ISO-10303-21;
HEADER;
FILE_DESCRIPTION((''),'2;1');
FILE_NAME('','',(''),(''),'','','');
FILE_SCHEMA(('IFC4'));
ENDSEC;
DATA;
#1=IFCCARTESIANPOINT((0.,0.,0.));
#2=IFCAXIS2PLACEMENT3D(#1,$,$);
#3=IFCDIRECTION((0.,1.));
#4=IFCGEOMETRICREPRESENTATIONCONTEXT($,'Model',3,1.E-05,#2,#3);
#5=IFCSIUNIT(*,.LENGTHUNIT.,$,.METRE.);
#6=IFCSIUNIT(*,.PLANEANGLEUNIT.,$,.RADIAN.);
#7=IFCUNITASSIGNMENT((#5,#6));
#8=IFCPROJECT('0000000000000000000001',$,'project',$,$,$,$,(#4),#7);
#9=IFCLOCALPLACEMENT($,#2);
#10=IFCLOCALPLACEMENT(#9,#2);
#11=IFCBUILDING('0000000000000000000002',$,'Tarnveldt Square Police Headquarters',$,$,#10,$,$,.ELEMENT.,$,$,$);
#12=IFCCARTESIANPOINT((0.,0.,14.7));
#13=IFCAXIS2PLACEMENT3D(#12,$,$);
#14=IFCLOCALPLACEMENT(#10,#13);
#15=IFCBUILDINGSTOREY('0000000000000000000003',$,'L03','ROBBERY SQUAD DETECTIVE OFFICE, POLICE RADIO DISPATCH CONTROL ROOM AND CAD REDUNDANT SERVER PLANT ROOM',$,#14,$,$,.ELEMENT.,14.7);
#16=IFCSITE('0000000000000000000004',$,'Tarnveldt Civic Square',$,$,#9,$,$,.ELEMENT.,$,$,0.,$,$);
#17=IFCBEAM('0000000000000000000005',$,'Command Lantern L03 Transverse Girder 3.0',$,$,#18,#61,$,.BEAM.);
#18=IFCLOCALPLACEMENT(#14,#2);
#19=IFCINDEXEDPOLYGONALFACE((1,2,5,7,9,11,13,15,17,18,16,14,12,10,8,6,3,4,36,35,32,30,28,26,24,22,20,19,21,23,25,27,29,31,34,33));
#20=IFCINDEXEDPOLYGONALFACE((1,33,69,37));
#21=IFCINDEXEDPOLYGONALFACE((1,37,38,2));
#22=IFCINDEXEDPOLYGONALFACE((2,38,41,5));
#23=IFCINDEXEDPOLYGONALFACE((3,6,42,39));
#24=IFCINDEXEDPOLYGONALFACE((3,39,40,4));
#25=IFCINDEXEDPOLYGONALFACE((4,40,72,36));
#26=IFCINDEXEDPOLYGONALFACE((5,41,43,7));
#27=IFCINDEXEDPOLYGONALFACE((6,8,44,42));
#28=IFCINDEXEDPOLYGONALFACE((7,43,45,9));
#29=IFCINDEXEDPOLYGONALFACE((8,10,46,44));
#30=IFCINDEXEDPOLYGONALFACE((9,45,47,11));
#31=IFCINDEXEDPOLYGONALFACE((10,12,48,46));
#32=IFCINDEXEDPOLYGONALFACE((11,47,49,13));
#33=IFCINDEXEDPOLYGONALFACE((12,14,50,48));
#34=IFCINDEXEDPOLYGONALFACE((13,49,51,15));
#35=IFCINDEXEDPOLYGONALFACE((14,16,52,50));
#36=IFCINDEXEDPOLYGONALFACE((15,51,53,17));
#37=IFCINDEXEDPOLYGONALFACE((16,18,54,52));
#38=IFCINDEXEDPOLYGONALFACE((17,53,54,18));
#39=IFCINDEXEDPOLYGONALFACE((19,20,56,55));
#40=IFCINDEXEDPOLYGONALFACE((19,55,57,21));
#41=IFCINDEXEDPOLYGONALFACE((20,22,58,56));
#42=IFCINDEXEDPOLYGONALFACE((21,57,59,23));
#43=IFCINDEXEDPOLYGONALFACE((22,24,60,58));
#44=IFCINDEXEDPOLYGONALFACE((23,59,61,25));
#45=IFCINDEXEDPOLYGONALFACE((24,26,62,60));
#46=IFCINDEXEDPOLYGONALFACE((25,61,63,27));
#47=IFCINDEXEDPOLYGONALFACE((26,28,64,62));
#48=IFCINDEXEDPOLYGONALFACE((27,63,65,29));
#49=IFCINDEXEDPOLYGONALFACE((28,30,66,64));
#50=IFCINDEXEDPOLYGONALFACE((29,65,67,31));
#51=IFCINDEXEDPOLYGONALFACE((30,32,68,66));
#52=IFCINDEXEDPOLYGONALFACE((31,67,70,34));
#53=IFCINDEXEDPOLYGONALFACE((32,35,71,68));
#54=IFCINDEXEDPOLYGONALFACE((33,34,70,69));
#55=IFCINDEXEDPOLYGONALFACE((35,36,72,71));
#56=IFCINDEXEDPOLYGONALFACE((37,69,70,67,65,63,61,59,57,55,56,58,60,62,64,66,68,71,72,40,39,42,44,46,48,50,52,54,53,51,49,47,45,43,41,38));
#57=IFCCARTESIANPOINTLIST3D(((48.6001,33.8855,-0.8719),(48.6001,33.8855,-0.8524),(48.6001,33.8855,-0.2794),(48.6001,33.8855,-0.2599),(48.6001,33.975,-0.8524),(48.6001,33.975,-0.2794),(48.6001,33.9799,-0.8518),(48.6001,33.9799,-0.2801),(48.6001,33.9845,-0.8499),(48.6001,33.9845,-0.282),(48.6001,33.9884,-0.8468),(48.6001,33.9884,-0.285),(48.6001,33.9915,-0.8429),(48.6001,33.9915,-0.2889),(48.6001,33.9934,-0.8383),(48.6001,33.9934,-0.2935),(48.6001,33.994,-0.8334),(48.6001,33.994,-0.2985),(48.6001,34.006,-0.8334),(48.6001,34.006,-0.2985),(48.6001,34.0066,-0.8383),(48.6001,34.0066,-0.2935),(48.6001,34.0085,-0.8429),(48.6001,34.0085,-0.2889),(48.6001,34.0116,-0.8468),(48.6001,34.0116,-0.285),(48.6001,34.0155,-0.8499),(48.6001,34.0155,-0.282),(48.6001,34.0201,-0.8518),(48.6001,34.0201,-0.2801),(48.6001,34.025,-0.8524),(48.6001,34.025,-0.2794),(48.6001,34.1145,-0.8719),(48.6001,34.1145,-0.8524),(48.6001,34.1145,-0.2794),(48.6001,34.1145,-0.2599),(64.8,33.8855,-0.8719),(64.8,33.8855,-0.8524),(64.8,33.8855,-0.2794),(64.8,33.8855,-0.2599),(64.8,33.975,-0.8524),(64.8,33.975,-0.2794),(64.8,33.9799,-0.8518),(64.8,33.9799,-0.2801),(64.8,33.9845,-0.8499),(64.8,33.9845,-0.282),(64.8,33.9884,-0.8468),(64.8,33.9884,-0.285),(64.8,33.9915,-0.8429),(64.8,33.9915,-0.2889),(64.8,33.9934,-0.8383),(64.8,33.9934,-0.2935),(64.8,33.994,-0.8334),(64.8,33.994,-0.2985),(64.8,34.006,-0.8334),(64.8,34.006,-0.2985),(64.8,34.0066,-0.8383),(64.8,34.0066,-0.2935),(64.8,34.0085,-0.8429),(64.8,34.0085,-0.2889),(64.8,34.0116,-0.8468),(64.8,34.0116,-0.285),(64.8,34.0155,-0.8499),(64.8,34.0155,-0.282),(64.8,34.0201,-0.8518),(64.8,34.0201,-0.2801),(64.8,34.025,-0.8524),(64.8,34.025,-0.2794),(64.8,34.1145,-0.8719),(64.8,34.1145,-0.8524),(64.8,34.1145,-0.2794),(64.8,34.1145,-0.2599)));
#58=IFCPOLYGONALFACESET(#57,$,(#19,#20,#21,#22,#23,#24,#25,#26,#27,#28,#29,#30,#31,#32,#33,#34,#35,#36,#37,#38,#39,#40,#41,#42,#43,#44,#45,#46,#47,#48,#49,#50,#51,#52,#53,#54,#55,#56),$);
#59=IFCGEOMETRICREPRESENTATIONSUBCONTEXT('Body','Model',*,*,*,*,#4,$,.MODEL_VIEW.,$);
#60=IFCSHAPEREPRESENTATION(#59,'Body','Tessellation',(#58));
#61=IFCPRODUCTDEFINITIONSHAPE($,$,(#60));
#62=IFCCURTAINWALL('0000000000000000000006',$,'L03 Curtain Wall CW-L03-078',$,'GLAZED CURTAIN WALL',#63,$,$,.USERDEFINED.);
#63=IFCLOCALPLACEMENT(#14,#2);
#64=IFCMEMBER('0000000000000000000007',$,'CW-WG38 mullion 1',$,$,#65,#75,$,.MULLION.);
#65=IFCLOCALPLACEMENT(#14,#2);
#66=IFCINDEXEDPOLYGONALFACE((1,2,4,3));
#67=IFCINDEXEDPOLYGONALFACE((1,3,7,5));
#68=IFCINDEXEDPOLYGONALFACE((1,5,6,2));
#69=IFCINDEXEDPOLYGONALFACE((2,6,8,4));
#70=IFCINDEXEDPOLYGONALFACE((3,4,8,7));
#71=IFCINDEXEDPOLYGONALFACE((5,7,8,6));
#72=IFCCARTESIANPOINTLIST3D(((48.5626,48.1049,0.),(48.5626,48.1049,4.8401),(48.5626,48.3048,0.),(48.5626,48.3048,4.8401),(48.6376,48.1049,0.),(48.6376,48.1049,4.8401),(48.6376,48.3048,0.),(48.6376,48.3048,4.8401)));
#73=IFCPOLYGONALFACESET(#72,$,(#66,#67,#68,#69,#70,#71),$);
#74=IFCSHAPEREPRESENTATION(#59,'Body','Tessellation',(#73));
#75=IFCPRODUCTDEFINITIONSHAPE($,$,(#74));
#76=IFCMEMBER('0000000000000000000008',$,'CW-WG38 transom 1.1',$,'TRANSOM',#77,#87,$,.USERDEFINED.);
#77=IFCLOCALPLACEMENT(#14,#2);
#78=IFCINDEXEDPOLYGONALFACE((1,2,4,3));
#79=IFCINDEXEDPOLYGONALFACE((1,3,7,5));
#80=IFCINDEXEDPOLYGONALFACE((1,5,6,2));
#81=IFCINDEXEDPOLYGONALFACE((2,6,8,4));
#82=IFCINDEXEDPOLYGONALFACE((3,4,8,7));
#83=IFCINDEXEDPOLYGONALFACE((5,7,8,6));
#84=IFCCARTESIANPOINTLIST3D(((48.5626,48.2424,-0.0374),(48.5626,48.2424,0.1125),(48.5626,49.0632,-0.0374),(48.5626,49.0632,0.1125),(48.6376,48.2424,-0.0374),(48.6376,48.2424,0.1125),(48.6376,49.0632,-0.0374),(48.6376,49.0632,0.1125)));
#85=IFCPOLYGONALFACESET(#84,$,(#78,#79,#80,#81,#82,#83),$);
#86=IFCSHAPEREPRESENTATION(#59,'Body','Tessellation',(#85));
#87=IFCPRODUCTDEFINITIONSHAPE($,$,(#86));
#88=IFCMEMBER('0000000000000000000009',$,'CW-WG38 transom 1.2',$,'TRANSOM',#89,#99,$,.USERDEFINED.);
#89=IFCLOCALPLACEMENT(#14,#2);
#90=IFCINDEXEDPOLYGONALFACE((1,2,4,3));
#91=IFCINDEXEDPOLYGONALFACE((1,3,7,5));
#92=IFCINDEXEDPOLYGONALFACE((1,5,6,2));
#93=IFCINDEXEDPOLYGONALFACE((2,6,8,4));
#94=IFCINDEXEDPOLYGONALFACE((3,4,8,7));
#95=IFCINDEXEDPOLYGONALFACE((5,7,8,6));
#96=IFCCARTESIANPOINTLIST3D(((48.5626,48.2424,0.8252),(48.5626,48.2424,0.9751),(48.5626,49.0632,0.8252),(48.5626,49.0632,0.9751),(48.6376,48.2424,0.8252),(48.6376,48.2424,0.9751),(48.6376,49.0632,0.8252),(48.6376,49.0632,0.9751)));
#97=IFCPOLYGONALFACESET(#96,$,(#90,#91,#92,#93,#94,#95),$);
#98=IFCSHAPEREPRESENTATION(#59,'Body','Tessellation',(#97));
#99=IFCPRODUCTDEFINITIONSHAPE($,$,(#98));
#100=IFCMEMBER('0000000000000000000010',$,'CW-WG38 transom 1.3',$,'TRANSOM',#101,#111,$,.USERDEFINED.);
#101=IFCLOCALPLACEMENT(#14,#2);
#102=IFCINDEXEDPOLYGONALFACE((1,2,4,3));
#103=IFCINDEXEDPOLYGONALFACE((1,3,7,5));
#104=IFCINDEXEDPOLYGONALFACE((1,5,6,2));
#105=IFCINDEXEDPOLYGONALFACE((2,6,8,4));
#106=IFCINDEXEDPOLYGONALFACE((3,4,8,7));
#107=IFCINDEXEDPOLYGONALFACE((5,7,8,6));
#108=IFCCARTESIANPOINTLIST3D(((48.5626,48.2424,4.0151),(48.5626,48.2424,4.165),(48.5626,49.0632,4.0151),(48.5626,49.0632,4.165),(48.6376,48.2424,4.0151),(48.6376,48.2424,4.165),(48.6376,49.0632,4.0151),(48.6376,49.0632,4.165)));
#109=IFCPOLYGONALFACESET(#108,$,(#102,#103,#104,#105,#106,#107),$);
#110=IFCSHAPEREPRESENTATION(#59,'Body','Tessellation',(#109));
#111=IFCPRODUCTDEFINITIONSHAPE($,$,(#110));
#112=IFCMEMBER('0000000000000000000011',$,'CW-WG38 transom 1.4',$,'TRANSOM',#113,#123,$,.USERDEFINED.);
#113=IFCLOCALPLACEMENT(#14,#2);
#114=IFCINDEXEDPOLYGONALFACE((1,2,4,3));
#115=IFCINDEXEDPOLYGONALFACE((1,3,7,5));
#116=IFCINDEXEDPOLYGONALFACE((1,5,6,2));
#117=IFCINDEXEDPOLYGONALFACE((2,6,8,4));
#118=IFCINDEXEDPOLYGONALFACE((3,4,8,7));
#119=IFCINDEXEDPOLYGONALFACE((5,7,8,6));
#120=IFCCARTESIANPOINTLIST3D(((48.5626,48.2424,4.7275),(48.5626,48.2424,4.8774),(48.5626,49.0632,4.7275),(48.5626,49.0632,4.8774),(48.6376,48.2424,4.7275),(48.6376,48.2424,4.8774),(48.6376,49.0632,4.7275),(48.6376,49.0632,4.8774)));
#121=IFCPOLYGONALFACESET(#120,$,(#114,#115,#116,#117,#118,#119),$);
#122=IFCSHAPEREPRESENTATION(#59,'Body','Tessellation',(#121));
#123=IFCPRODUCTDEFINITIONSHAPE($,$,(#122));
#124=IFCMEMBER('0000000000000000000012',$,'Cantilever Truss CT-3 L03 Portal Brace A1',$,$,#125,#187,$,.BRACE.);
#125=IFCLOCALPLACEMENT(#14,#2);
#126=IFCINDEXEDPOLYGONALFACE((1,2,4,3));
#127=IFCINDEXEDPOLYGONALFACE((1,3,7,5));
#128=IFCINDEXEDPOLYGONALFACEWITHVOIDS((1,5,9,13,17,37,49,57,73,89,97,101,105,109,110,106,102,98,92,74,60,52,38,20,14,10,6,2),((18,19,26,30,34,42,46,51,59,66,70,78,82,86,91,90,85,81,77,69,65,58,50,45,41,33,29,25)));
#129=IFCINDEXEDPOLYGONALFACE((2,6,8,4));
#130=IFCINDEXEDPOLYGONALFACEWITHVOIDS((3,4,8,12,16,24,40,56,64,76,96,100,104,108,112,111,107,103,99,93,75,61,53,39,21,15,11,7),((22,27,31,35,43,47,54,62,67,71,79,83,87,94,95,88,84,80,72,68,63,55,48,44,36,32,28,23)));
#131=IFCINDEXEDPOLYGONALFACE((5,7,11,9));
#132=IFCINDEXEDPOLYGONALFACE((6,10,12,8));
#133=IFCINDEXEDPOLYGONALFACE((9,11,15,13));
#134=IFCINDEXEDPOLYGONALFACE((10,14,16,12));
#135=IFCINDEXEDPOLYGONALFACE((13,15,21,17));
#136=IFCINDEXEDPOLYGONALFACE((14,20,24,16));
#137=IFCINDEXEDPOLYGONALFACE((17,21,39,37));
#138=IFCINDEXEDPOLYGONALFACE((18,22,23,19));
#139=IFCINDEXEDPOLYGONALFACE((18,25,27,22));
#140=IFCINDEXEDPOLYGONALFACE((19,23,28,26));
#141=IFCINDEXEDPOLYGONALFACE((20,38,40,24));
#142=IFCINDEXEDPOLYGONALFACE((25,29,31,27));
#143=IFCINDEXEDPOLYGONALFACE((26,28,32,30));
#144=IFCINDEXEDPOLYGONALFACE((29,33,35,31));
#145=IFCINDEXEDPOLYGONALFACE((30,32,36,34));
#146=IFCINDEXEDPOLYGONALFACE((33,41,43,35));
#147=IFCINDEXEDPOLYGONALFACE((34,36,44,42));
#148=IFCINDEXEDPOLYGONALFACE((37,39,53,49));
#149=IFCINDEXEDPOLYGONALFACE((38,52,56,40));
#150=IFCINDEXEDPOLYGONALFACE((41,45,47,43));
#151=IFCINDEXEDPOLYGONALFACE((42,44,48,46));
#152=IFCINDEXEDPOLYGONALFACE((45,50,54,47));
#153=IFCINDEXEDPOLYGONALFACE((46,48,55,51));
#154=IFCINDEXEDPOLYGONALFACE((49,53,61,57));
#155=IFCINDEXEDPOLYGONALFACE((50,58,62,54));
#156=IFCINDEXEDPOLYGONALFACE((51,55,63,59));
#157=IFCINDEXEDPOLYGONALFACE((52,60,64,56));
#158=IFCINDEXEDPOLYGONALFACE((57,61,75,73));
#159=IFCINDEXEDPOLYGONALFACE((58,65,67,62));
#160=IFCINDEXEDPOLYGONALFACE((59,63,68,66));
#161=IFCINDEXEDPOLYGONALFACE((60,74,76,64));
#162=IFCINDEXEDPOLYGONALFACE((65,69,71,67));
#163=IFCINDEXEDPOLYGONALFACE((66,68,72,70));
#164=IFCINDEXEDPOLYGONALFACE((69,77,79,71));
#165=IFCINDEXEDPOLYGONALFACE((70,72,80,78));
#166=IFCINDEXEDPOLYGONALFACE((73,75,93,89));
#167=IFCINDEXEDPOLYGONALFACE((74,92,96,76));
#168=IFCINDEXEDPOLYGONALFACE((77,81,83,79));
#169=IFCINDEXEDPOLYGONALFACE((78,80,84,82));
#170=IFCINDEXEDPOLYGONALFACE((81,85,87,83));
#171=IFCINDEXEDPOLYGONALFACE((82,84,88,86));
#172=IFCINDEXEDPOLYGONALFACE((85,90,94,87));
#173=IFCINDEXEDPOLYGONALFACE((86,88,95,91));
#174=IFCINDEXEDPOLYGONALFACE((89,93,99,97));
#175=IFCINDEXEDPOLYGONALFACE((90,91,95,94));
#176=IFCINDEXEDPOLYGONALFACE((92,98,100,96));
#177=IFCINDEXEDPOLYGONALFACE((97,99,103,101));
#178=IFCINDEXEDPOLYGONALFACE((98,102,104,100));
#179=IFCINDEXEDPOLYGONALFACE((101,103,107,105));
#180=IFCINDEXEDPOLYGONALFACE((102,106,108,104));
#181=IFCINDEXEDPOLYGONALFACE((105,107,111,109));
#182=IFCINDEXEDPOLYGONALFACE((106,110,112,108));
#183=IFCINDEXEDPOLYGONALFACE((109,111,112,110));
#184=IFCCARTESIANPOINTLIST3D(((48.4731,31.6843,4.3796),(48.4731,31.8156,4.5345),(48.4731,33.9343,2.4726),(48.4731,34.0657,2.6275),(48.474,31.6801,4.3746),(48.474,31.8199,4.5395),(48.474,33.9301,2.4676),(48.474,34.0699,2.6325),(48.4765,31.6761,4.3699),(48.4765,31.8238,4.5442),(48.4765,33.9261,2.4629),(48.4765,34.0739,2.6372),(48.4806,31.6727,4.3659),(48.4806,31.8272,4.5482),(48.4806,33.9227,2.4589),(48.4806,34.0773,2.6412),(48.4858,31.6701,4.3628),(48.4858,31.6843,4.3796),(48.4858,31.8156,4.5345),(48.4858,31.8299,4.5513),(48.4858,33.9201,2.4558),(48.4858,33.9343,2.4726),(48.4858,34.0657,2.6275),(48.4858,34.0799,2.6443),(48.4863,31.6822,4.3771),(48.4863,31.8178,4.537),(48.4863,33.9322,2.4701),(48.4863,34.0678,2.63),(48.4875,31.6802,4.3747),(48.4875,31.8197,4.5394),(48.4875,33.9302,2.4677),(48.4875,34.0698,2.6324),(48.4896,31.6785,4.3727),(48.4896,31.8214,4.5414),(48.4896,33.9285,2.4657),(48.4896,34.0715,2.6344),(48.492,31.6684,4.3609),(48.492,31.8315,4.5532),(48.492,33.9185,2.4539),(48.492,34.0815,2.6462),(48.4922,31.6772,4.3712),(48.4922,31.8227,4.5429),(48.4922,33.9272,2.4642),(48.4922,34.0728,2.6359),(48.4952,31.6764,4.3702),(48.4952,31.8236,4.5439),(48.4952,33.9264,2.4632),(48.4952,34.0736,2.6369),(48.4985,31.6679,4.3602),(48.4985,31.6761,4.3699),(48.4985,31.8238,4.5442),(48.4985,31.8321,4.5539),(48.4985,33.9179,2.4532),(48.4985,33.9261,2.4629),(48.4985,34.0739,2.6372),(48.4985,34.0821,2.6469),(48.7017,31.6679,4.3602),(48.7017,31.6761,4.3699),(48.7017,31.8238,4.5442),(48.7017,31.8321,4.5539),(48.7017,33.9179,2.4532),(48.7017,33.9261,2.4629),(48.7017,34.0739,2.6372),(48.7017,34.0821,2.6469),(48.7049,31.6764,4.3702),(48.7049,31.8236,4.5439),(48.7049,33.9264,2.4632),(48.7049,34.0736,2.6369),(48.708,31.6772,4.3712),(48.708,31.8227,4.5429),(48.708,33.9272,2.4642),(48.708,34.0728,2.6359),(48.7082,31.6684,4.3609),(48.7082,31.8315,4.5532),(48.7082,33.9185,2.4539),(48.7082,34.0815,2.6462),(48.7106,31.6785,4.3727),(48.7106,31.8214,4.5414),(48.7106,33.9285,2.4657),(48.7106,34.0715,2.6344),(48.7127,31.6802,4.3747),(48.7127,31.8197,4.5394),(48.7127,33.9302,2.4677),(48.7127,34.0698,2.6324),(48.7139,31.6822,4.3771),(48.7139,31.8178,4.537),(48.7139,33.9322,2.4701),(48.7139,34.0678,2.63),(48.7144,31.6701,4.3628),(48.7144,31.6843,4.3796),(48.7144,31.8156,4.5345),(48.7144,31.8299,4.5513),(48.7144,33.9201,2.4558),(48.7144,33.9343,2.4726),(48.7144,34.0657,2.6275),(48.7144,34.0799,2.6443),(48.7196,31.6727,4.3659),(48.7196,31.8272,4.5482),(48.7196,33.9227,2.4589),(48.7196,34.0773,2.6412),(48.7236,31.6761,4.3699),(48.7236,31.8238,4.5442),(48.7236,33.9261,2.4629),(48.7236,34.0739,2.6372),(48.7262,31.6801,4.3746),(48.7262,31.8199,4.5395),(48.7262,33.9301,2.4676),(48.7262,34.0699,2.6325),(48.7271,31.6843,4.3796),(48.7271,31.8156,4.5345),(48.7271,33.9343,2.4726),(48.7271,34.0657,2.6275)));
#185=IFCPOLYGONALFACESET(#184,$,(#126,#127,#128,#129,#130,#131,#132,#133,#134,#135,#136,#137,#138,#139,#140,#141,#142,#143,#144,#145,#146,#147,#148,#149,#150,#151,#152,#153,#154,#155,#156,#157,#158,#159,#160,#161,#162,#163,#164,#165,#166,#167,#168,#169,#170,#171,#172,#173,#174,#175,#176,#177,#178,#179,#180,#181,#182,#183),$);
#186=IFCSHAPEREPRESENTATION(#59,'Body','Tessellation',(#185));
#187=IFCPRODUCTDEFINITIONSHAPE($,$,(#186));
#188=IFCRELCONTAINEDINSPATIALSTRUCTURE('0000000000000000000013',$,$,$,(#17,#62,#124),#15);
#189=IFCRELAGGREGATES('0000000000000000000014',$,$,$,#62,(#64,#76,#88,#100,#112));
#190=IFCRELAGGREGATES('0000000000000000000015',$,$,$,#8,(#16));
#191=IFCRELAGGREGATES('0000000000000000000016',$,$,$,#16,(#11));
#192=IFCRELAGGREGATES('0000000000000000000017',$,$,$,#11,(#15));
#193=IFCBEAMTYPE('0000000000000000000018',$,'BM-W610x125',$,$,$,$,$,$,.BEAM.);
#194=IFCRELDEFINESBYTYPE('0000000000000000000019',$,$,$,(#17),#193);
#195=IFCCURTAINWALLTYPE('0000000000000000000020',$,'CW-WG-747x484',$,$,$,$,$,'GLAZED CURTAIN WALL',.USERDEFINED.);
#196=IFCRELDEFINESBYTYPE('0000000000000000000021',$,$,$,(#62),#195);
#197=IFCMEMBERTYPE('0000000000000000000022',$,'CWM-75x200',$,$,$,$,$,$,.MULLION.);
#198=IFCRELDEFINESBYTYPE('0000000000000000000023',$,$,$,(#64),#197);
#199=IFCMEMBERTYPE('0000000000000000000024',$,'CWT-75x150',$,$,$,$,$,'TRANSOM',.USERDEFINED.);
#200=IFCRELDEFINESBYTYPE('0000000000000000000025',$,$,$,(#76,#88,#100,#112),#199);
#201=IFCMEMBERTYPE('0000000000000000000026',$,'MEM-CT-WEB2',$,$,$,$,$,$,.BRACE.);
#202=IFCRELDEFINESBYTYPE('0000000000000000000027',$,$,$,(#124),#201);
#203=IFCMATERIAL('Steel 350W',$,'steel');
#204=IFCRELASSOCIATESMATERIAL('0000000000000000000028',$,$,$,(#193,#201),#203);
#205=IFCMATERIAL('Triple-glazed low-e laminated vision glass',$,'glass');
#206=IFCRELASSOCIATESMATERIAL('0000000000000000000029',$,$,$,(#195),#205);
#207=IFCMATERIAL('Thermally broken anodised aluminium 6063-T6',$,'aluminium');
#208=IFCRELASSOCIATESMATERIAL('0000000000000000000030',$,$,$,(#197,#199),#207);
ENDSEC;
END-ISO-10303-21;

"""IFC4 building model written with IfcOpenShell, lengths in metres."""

from ifc_helpers import new_model, si_unit, direction, frame, origin, origin_2d, place, context, subcontext, project, spatial, rectangle, hollow_rectangle, i_section, extrude, material, material_profile, profile_set, type_object, element, aggregate, save


model = new_model("IFC4")

# Units and contexts
model_context = context("Model", 3, precision=1e-05, world=origin(), true_north=direction((0.0, 1.0)))
body_context = subcontext(model_context, "Body", "Model", "MODEL_VIEW")
ifc_project = project(units=[si_unit("LENGTHUNIT", "METRE"), si_unit("PLANEANGLEUNIT", "RADIAN")], contexts=[model_context])

# Site, building, storey
site_placement = place(None, origin())
site = spatial("IfcSite", under=ifc_project, at=site_placement, Name="Tarnveldt Civic Square", CompositionType="ELEMENT", RefElevation=0.0)
building_placement = place(site_placement, origin())
building = spatial("IfcBuilding", under=site, at=building_placement, Name="Tarnveldt Square Police Headquarters", CompositionType="ELEMENT")
storey_placement = place(building_placement, frame((0.0, 0.0, 14.7)))
storey = spatial("IfcBuildingStorey", under=building, at=storey_placement, Name="L03", Description="ROBBERY SQUAD DETECTIVE OFFICE, POLICE RADIO DISPATCH CONTROL ROOM AND CAD REDUNDANT SERVER PLANT ROOM", CompositionType="ELEMENT", Elevation=14.7)

# Shared definitions
ifc_material_1 = material(Name="Steel 350W", Category="steel")

# Beam
ifc_material_profile_1 = material_profile(ifc_material_1, i_section(OverallWidth=0.229, OverallDepth=0.6121, WebThickness=0.012, FlangeThickness=0.0195, FilletRadius=0.019, at=origin_2d()), Name="W610x125")
ifc_profile_set_1 = profile_set([ifc_material_profile_1], Name="Steel 350W")
beam_type_1 = type_object("IfcBeamType", Name="BM-W610x125", PredefinedType="BEAM", material=ifc_profile_set_1)
beam_1_placement = place(storey_placement, frame((48.6001, 34.0, -0.5659), z_axis=(1.0, 0.0, 0.0), x_axis=(0.0, 1.0, 0.0)))
element("IfcBeam", 1, at=beam_1_placement, inside=storey, type_object=beam_type_1, Name="Command Lantern L03 Transverse Girder 3.0", PredefinedType="BEAM", context=body_context, shape_type="SweptSolid", body=[
    extrude(i_section(OverallWidth=0.229, OverallDepth=0.6121, WebThickness=0.012, FlangeThickness=0.0195, FilletRadius=0.019, at=origin_2d()), origin(), (0.0, 0.0, 1.0), 16.2),
])

# Curtain wall, members
ifc_material_2 = material(Name="Triple-glazed low-e laminated vision glass", Category="glass")
curtain_wall_type = type_object("IfcCurtainWallType", Name="CW-WG-747x484", ElementType="GLAZED CURTAIN WALL", PredefinedType="USERDEFINED", material=ifc_material_2)
curtain_wall_placement = place(storey_placement, origin())
curtain_wall = element("IfcCurtainWall", 2, at=curtain_wall_placement, inside=storey, type_object=curtain_wall_type, Name="L03 Curtain Wall CW-L03-078", ObjectType="GLAZED CURTAIN WALL", PredefinedType="USERDEFINED")
ifc_material_3 = material(Name="Thermally broken anodised aluminium 6063-T6", Category="aluminium")
ifc_material_profile_2 = material_profile(ifc_material_3, rectangle(XDim=0.075, YDim=0.2, at=origin_2d()), Name="CW-M75x200")
ifc_profile_set_2 = profile_set([ifc_material_profile_2], Name="Thermally broken anodised aluminium 6063-T6")
member_type_1 = type_object("IfcMemberType", Name="CWM-75x200", PredefinedType="MULLION", material=ifc_profile_set_2)
member_1_placement = place(storey_placement, frame((48.6001, 48.2048, 0.0), z_axis=(0.0, 0.0, 1.0), x_axis=(-1.0, 0.0, 0.0)))
member_1 = element("IfcMember", 3, at=member_1_placement, type_object=member_type_1, Name="CW-WG38 mullion 1", PredefinedType="MULLION", context=body_context, shape_type="SweptSolid", body=[
    extrude(rectangle(XDim=0.075, YDim=0.2, at=origin_2d()), origin(), (0.0, 0.0, 1.0), 4.8401),
])
ifc_material_profile_3 = material_profile(ifc_material_3, rectangle(XDim=0.075, YDim=0.1499, at=origin_2d()), Name="CW-T75x150")
ifc_profile_set_3 = profile_set([ifc_material_profile_3], Name="Thermally broken anodised aluminium 6063-T6")
member_type_2 = type_object("IfcMemberType", Name="CWT-75x150", ElementType="TRANSOM", PredefinedType="USERDEFINED", material=ifc_profile_set_3)
member_2_placement = place(storey_placement, frame((48.6001, 48.2424, 0.0376), z_axis=(0.0, 1.0, 0.0), x_axis=(-1.0, 0.0, 0.0)))
member_2 = element("IfcMember", 4, at=member_2_placement, type_object=member_type_2, Name="CW-WG38 transom 1.1", ObjectType="TRANSOM", PredefinedType="USERDEFINED", context=body_context, shape_type="SweptSolid", body=[
    extrude(rectangle(XDim=0.075, YDim=0.1499, at=origin_2d()), origin(), (0.0, 0.0, 1.0), 0.8208),
])
member_3_placement = place(storey_placement, frame((48.6001, 48.2424, 0.9001), z_axis=(0.0, 1.0, 0.0), x_axis=(-1.0, 0.0, 0.0)))
member_3 = element("IfcMember", 5, at=member_3_placement, type_object=member_type_2, Name="CW-WG38 transom 1.2", ObjectType="TRANSOM", PredefinedType="USERDEFINED", context=body_context, shape_type="SweptSolid", body=[
    extrude(rectangle(XDim=0.075, YDim=0.1499, at=origin_2d()), origin(), (0.0, 0.0, 1.0), 0.8208),
])
member_4_placement = place(storey_placement, frame((48.6001, 48.2424, 4.0901), z_axis=(0.0, 1.0, 0.0), x_axis=(-1.0, 0.0, 0.0)))
member_4 = element("IfcMember", 6, at=member_4_placement, type_object=member_type_2, Name="CW-WG38 transom 1.3", ObjectType="TRANSOM", PredefinedType="USERDEFINED", context=body_context, shape_type="SweptSolid", body=[
    extrude(rectangle(XDim=0.075, YDim=0.1499, at=origin_2d()), origin(), (0.0, 0.0, 1.0), 0.8208),
])
member_5_placement = place(storey_placement, frame((48.6001, 48.2424, 4.8025), z_axis=(0.0, 1.0, 0.0), x_axis=(-1.0, 0.0, 0.0)))
member_5 = element("IfcMember", 7, at=member_5_placement, type_object=member_type_2, Name="CW-WG38 transom 1.4", ObjectType="TRANSOM", PredefinedType="USERDEFINED", context=body_context, shape_type="SweptSolid", body=[
    extrude(rectangle(XDim=0.075, YDim=0.1499, at=origin_2d()), origin(), (0.0, 0.0, 1.0), 0.8208),
])
aggregate(curtain_wall, [member_1, member_2, member_3, member_4, member_5])

# Member
ifc_material_profile_4 = material_profile(ifc_material_1, hollow_rectangle(XDim=0.2539, YDim=0.2539, WallThickness=0.0127, InnerFilletRadius=0.0127, OuterFilletRadius=0.0254, at=origin_2d()), Name="HSS254x254x13")
ifc_profile_set_4 = profile_set([ifc_material_profile_4], Name="Steel 350W")
member_type_3 = type_object("IfcMemberType", Name="MEM-CT-WEB2", PredefinedType="BRACE", material=ifc_profile_set_4)
member_6_placement = place(storey_placement, frame((48.6001, 34.0, 2.55), z_axis=(0.0, -0.762862, 0.646562), x_axis=(1.0, 0.0, 0.0)))
element("IfcMember", 8, at=member_6_placement, inside=storey, type_object=member_type_3, Name="Cantilever Truss CT-3 L03 Portal Brace A1", PredefinedType="BRACE", context=body_context, shape_type="SweptSolid", body=[
    extrude(hollow_rectangle(XDim=0.2539, YDim=0.2539, WallThickness=0.0127, InnerFilletRadius=0.0127, OuterFilletRadius=0.0254, at=origin_2d()), origin(), (0.0, 0.0, 1.0), 2.9495),
])

save(model, "model.ifc")
